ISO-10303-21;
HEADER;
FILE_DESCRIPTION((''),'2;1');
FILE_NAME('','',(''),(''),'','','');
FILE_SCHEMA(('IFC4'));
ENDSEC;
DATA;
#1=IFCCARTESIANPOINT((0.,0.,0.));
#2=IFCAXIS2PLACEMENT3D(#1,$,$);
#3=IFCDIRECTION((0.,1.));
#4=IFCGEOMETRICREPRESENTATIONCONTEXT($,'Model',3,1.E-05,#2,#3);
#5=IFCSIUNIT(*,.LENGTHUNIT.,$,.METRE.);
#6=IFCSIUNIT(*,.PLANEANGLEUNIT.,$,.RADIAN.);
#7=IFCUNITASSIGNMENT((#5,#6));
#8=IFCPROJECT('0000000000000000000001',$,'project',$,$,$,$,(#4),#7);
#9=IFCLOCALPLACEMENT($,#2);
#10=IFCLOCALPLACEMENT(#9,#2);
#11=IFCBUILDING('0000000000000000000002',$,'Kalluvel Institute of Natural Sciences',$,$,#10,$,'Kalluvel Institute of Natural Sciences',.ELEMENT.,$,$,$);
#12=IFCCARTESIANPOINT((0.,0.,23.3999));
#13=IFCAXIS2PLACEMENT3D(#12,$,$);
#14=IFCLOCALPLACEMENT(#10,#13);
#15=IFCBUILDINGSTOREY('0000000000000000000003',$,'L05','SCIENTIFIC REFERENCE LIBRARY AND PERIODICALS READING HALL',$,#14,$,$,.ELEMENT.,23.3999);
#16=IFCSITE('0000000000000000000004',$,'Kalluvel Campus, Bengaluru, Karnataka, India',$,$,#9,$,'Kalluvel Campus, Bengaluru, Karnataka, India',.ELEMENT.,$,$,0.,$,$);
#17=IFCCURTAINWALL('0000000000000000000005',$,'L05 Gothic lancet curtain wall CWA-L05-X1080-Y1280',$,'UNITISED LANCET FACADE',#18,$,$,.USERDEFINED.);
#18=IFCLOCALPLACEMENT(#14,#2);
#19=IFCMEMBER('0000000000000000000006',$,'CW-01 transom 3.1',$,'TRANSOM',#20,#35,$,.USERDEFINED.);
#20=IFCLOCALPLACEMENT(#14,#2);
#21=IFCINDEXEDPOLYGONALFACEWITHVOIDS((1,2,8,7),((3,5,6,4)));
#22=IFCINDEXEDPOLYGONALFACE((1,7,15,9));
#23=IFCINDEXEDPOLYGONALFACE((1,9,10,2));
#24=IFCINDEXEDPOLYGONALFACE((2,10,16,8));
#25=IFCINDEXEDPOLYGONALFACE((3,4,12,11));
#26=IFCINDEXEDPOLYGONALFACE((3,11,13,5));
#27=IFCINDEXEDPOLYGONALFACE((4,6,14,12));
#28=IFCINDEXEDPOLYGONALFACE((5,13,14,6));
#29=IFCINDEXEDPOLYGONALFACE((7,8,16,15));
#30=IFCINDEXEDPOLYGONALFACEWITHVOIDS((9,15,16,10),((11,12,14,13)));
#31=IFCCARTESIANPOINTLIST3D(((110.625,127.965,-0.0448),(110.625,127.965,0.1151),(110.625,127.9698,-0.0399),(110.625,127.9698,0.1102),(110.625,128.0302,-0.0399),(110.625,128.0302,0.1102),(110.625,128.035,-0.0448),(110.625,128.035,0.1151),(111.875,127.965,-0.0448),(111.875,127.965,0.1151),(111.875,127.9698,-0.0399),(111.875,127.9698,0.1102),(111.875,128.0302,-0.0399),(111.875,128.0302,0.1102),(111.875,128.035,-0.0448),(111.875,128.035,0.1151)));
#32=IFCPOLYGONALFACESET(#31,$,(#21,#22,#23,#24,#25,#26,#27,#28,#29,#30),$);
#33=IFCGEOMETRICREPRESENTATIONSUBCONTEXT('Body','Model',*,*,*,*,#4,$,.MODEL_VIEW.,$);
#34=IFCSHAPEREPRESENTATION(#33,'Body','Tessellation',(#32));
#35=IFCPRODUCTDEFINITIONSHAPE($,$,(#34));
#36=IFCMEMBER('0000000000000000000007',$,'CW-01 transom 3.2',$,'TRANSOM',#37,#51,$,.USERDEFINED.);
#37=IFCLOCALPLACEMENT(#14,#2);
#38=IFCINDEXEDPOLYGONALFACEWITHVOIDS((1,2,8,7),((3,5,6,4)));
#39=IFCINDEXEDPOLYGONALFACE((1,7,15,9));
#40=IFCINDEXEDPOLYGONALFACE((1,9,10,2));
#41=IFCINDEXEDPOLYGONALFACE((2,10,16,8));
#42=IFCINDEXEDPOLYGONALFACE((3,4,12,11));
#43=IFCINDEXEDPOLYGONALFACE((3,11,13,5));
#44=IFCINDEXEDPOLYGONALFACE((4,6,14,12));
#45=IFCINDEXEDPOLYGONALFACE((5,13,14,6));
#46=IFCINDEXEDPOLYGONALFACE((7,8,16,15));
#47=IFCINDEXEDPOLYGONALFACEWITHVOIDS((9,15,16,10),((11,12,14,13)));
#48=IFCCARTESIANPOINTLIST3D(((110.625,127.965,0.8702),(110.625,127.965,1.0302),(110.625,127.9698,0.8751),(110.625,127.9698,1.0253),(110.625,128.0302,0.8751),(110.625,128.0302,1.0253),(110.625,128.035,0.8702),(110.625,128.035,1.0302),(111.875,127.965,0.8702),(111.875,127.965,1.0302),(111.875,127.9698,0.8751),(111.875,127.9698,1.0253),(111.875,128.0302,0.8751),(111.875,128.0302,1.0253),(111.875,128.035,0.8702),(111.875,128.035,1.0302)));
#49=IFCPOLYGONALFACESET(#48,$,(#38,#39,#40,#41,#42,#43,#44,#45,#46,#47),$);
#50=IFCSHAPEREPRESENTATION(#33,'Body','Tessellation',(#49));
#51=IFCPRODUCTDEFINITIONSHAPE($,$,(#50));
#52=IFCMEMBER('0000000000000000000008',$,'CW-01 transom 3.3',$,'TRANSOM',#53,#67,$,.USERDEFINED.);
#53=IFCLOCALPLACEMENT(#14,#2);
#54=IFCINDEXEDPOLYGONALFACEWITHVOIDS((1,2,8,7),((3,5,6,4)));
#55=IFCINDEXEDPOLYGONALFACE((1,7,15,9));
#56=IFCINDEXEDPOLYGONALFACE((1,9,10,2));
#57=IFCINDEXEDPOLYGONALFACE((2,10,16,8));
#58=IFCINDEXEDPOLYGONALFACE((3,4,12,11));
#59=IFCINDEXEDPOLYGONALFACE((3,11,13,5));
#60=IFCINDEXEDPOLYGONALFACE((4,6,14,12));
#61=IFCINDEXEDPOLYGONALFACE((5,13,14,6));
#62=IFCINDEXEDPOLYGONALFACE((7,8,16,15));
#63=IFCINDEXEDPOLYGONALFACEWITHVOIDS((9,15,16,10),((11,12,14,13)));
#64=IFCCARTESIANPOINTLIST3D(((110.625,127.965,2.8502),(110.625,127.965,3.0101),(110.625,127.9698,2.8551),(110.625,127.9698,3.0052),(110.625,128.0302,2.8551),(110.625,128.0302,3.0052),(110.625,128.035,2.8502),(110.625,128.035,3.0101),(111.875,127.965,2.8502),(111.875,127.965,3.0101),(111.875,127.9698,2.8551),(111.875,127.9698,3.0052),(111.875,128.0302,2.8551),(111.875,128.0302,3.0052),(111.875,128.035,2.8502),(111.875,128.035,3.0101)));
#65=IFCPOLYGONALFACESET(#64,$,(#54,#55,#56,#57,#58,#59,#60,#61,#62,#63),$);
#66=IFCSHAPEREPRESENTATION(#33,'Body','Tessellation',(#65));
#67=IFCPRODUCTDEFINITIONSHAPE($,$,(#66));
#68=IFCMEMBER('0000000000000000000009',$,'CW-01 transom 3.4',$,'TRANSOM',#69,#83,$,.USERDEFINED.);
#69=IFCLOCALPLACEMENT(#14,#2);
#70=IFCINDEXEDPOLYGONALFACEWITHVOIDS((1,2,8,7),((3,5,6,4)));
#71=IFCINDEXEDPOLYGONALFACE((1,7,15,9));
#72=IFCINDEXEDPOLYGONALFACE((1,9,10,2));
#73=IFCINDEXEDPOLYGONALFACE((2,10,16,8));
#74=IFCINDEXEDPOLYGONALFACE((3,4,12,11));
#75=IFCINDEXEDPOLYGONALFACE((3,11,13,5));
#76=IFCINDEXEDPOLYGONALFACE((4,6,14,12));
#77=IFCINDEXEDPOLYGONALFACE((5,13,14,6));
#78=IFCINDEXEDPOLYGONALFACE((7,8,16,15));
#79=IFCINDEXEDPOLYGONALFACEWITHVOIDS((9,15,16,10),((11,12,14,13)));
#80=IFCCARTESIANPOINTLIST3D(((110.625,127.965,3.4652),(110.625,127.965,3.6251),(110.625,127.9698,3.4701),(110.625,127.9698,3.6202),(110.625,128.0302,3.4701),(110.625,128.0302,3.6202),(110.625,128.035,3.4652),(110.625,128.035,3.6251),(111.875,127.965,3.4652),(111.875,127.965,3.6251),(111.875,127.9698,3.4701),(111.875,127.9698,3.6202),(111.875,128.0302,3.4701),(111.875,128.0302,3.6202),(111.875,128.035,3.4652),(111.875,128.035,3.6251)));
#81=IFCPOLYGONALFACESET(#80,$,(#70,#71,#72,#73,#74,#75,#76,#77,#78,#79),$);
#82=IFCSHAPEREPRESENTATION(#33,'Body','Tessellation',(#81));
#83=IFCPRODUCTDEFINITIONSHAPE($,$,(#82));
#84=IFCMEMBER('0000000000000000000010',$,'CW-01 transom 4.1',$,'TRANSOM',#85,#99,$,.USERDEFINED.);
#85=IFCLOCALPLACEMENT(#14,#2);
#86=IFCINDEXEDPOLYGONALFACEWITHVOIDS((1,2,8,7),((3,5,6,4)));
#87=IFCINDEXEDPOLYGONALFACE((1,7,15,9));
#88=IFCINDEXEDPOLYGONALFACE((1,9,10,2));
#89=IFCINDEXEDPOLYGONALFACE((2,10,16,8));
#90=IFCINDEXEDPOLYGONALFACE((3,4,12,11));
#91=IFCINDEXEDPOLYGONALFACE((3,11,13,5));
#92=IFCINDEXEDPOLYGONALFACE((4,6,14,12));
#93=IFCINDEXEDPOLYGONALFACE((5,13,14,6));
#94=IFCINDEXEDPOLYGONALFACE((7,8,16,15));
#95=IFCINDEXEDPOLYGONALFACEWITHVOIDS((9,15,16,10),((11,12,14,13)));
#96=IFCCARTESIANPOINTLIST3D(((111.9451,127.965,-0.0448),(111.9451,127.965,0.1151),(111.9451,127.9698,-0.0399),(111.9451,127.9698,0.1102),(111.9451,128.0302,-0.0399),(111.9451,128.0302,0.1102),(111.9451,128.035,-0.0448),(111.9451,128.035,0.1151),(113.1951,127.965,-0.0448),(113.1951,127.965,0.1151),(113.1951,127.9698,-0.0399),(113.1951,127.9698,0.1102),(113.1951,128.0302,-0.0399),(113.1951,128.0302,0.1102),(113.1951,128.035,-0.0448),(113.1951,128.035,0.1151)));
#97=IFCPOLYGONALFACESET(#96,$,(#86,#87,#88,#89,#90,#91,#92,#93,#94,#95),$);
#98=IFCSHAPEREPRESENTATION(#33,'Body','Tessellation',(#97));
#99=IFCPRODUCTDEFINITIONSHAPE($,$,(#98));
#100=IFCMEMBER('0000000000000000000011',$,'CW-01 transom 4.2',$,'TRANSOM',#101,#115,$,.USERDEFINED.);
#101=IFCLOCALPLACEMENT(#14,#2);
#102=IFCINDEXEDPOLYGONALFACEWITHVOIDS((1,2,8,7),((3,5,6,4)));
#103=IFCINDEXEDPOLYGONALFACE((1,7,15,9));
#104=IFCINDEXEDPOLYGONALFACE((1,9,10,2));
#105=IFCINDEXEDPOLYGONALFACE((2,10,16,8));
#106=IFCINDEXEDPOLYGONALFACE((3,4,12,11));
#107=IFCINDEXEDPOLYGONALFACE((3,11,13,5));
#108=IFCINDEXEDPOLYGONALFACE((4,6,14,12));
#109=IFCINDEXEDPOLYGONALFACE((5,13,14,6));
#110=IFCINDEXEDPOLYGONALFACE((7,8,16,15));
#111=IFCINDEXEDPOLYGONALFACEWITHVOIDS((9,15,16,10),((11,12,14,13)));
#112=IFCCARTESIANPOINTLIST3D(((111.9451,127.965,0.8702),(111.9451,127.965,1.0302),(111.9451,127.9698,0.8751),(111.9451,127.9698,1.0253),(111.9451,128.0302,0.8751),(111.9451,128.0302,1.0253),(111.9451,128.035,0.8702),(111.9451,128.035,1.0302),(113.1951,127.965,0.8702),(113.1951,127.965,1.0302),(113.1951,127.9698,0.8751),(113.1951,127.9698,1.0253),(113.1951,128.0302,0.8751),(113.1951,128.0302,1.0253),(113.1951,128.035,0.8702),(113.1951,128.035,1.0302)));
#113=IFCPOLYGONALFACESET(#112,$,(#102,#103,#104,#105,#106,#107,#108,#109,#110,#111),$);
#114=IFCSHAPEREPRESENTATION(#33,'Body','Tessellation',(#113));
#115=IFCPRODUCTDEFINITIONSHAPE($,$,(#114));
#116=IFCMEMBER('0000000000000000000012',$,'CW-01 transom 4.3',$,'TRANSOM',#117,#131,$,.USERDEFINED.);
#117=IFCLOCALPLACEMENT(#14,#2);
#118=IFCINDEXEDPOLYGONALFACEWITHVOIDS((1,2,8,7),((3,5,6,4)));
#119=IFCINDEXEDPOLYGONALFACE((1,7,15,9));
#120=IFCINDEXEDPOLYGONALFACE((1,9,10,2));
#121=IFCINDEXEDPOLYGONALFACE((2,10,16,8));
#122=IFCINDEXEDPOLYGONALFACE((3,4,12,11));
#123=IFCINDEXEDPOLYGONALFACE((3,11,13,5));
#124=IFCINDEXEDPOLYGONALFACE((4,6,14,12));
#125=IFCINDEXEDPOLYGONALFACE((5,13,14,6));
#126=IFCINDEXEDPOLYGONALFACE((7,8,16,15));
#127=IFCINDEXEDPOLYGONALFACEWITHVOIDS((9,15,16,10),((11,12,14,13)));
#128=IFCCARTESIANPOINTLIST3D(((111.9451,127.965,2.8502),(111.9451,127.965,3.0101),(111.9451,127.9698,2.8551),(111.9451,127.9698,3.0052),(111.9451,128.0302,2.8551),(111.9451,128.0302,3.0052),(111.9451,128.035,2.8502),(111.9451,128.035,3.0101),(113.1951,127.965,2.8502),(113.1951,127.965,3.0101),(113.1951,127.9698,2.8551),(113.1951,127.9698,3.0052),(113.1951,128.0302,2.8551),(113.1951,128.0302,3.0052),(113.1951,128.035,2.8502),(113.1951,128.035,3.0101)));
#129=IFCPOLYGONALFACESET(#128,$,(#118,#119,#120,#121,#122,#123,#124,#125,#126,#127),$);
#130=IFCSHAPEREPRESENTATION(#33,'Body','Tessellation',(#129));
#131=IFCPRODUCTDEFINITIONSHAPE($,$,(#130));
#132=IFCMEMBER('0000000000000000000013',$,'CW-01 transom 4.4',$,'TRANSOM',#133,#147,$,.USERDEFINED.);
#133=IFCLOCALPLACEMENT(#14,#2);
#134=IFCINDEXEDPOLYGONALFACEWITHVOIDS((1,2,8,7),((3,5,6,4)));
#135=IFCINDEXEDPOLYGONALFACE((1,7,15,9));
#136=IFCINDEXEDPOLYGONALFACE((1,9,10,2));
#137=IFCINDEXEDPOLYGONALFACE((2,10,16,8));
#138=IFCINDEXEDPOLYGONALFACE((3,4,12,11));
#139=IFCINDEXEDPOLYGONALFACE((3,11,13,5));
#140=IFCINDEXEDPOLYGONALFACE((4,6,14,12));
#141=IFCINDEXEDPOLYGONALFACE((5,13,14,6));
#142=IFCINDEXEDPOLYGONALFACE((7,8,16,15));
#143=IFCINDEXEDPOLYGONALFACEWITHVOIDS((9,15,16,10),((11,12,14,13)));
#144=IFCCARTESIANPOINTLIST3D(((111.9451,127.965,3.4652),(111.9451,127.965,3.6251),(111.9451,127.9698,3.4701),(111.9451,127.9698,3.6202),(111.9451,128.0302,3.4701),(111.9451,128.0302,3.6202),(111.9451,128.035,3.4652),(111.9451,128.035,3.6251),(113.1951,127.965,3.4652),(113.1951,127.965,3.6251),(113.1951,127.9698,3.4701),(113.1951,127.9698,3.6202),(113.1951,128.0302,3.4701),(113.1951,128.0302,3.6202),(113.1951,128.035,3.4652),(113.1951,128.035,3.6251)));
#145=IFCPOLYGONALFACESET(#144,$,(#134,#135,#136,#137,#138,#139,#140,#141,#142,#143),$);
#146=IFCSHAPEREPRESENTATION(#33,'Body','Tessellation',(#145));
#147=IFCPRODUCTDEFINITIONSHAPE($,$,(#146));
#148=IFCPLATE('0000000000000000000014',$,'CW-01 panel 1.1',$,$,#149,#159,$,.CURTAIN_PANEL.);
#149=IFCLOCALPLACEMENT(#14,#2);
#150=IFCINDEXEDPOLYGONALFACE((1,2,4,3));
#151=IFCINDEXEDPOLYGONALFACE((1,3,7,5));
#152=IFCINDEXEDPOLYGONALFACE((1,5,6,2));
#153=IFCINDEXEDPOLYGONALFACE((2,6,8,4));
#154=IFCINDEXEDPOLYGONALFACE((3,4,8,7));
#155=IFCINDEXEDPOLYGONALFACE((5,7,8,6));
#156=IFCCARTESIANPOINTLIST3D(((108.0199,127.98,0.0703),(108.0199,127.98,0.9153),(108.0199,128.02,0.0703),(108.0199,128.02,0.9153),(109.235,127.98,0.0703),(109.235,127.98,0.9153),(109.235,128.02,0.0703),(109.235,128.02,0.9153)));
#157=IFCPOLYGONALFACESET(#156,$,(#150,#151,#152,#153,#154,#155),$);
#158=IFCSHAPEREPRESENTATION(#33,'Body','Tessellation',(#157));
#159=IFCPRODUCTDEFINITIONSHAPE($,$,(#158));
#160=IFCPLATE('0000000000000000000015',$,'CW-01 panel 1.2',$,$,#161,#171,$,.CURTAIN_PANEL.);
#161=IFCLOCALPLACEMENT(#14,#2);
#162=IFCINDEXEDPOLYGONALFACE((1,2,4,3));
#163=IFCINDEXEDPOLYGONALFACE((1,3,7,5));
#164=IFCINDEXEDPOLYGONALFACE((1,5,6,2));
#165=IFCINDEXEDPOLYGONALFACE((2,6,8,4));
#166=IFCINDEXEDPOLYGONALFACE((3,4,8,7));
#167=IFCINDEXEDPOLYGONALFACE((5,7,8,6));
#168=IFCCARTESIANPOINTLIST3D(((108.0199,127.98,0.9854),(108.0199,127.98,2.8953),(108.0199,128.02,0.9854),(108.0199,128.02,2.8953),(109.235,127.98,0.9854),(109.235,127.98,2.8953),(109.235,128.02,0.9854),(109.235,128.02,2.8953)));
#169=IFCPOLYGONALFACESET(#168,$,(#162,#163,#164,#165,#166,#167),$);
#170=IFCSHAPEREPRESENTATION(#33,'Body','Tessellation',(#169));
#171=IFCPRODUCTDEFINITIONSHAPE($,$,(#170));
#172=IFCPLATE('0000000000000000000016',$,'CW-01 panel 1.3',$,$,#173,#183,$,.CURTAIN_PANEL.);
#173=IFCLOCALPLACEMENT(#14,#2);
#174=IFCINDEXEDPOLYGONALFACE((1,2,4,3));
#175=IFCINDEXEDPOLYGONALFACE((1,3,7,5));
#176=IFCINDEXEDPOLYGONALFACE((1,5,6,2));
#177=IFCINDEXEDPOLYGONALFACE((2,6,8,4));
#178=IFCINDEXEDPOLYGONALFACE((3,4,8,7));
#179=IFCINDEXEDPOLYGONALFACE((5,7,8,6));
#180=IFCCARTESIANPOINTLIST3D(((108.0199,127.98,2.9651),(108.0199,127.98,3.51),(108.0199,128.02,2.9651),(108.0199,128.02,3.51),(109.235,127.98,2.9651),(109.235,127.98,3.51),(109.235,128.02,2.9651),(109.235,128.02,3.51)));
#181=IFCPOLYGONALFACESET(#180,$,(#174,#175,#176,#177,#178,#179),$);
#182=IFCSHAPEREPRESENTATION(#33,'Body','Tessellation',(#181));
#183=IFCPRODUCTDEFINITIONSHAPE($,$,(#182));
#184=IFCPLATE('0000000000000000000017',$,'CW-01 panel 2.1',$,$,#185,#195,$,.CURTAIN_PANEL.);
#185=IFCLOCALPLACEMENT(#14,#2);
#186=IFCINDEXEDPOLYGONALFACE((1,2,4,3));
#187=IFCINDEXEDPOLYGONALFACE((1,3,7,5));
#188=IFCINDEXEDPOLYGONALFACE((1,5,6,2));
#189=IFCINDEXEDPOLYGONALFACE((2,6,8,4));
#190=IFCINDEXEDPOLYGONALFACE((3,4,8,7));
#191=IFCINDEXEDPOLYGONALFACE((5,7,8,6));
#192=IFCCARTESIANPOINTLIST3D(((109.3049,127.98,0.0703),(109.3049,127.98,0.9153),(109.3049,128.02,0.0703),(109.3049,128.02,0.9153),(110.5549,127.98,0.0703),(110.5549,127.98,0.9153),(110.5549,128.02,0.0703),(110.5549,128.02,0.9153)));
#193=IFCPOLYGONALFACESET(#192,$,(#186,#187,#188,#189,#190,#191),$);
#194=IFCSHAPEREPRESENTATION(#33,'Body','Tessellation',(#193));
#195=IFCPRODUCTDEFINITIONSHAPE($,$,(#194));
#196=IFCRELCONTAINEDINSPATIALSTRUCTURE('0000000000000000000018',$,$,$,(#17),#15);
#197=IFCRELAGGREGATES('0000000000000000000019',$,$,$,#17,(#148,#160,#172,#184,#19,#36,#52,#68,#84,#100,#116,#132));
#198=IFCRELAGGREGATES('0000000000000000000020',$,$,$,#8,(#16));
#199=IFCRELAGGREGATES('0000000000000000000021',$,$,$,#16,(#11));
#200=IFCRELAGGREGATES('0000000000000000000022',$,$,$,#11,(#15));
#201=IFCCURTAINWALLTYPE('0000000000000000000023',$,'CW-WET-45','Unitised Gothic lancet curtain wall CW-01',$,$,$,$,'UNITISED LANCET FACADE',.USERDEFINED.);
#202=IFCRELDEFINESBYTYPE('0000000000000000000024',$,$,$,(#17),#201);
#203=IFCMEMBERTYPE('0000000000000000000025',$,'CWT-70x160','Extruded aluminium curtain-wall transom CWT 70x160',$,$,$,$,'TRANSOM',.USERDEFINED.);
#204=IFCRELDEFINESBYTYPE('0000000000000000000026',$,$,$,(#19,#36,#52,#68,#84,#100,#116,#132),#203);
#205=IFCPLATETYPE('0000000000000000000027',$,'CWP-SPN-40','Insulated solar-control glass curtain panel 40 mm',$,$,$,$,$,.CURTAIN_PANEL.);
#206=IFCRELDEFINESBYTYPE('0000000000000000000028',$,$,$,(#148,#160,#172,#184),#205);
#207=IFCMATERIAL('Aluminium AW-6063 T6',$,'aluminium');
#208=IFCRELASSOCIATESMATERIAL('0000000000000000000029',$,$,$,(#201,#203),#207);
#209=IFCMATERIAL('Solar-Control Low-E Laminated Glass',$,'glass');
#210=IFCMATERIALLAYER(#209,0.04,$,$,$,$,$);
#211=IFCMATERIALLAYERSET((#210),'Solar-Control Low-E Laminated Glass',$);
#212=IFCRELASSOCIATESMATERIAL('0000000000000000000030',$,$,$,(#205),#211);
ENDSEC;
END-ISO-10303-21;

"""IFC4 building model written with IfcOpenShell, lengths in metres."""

from ifc_helpers import new_model, si_unit, direction, frame, origin, origin_2d, place, context, subcontext, project, spatial, rectangle, hollow_rectangle, extrude, material, layer, layer_set, material_profile, profile_set, type_object, element, aggregate, save


model = new_model("IFC4")

# Units and contexts
model_context = context("Model", 3, precision=1e-05, world=origin(), true_north=direction((0.0, 1.0)))
body_context = subcontext(model_context, "Body", "Model", "MODEL_VIEW")
ifc_project = project(units=[si_unit("LENGTHUNIT", "METRE"), si_unit("PLANEANGLEUNIT", "RADIAN")], contexts=[model_context])

# Site, building, storey
site_placement = place(None, origin())
site = spatial("IfcSite", under=ifc_project, at=site_placement, Name="Kalluvel Campus, Bengaluru, Karnataka, India", LongName="Kalluvel Campus, Bengaluru, Karnataka, India", CompositionType="ELEMENT", RefElevation=0.0)
building_placement = place(site_placement, origin())
building = spatial("IfcBuilding", under=site, at=building_placement, Name="Kalluvel Institute of Natural Sciences", LongName="Kalluvel Institute of Natural Sciences", CompositionType="ELEMENT")
storey_placement = place(building_placement, frame((0.0, 0.0, 23.3999)))
storey = spatial("IfcBuildingStorey", under=building, at=storey_placement, Name="L05", Description="SCIENTIFIC REFERENCE LIBRARY AND PERIODICALS READING HALL", CompositionType="ELEMENT", Elevation=23.3999)

# Curtain wall, members, plates
ifc_material_1 = material(Name="Aluminium AW-6063 T6", Category="aluminium")
curtain_wall_type = type_object("IfcCurtainWallType", Name="CW-WET-45", Description="Unitised Gothic lancet curtain wall CW-01", ElementType="UNITISED LANCET FACADE", PredefinedType="USERDEFINED", material=ifc_material_1)
curtain_wall_placement = place(storey_placement, origin())
curtain_wall = element("IfcCurtainWall", 1, at=curtain_wall_placement, inside=storey, type_object=curtain_wall_type, Name="L05 Gothic lancet curtain wall CWA-L05-X1080-Y1280", ObjectType="UNITISED LANCET FACADE", PredefinedType="USERDEFINED")
ifc_material_profile_1 = material_profile(ifc_material_1, hollow_rectangle(XDim=0.0701, YDim=0.1599, WallThickness=0.0049, at=origin_2d()), Name="CWT 70x160")
ifc_profile_set_1 = profile_set([ifc_material_profile_1], Name="Aluminium AW-6063 T6")
member_type_1 = type_object("IfcMemberType", Name="CWT-70x160", Description="Extruded aluminium curtain-wall transom CWT 70x160", ElementType="TRANSOM", PredefinedType="USERDEFINED", material=ifc_profile_set_1)
member_1_placement = place(storey_placement, frame((110.625, 128.0, 0.0352), z_axis=(1.0, 0.0, 0.0), x_axis=(0.0, 1.0, 0.0)))
member_1 = element("IfcMember", 2, at=member_1_placement, type_object=member_type_1, Name="CW-01 transom 3.1", ObjectType="TRANSOM", PredefinedType="USERDEFINED", context=body_context, shape_type="SweptSolid", body=[
    extrude(hollow_rectangle(XDim=0.0701, YDim=0.1599, WallThickness=0.0049, at=origin_2d()), origin(), (0.0, 0.0, 1.0), 1.25),
])
member_2_placement = place(storey_placement, frame((110.625, 128.0, 0.9502), z_axis=(1.0, 0.0, 0.0), x_axis=(0.0, 1.0, 0.0)))
member_2 = element("IfcMember", 3, at=member_2_placement, type_object=member_type_1, Name="CW-01 transom 3.2", ObjectType="TRANSOM", PredefinedType="USERDEFINED", context=body_context, shape_type="SweptSolid", body=[
    extrude(hollow_rectangle(XDim=0.0701, YDim=0.1599, WallThickness=0.0049, at=origin_2d()), origin(), (0.0, 0.0, 1.0), 1.25),
])
member_3_placement = place(storey_placement, frame((110.625, 128.0, 2.9302), z_axis=(1.0, 0.0, 0.0), x_axis=(0.0, 1.0, 0.0)))
member_3 = element("IfcMember", 4, at=member_3_placement, type_object=member_type_1, Name="CW-01 transom 3.3", ObjectType="TRANSOM", PredefinedType="USERDEFINED", context=body_context, shape_type="SweptSolid", body=[
    extrude(hollow_rectangle(XDim=0.0701, YDim=0.1599, WallThickness=0.0049, at=origin_2d()), origin(), (0.0, 0.0, 1.0), 1.25),
])
member_4_placement = place(storey_placement, frame((110.625, 128.0, 3.5452), z_axis=(1.0, 0.0, 0.0), x_axis=(0.0, 1.0, 0.0)))
member_4 = element("IfcMember", 5, at=member_4_placement, type_object=member_type_1, Name="CW-01 transom 3.4", ObjectType="TRANSOM", PredefinedType="USERDEFINED", context=body_context, shape_type="SweptSolid", body=[
    extrude(hollow_rectangle(XDim=0.0701, YDim=0.1599, WallThickness=0.0049, at=origin_2d()), origin(), (0.0, 0.0, 1.0), 1.25),
])
member_5_placement = place(storey_placement, frame((111.9451, 128.0, 0.0352), z_axis=(1.0, 0.0, 0.0), x_axis=(0.0, 1.0, 0.0)))
member_5 = element("IfcMember", 6, at=member_5_placement, type_object=member_type_1, Name="CW-01 transom 4.1", ObjectType="TRANSOM", PredefinedType="USERDEFINED", context=body_context, shape_type="SweptSolid", body=[
    extrude(hollow_rectangle(XDim=0.0701, YDim=0.1599, WallThickness=0.0049, at=origin_2d()), origin(), (0.0, 0.0, 1.0), 1.25),
])
member_6_placement = place(storey_placement, frame((111.9451, 128.0, 0.9502), z_axis=(1.0, 0.0, 0.0), x_axis=(0.0, 1.0, 0.0)))
member_6 = element("IfcMember", 7, at=member_6_placement, type_object=member_type_1, Name="CW-01 transom 4.2", ObjectType="TRANSOM", PredefinedType="USERDEFINED", context=body_context, shape_type="SweptSolid", body=[
    extrude(hollow_rectangle(XDim=0.0701, YDim=0.1599, WallThickness=0.0049, at=origin_2d()), origin(), (0.0, 0.0, 1.0), 1.25),
])
member_7_placement = place(storey_placement, frame((111.9451, 128.0, 2.9302), z_axis=(1.0, 0.0, 0.0), x_axis=(0.0, 1.0, 0.0)))
member_7 = element("IfcMember", 8, at=member_7_placement, type_object=member_type_1, Name="CW-01 transom 4.3", ObjectType="TRANSOM", PredefinedType="USERDEFINED", context=body_context, shape_type="SweptSolid", body=[
    extrude(hollow_rectangle(XDim=0.0701, YDim=0.1599, WallThickness=0.0049, at=origin_2d()), origin(), (0.0, 0.0, 1.0), 1.25),
])
member_8_placement = place(storey_placement, frame((111.9451, 128.0, 3.5452), z_axis=(1.0, 0.0, 0.0), x_axis=(0.0, 1.0, 0.0)))
member_8 = element("IfcMember", 9, at=member_8_placement, type_object=member_type_1, Name="CW-01 transom 4.4", ObjectType="TRANSOM", PredefinedType="USERDEFINED", context=body_context, shape_type="SweptSolid", body=[
    extrude(hollow_rectangle(XDim=0.0701, YDim=0.1599, WallThickness=0.0049, at=origin_2d()), origin(), (0.0, 0.0, 1.0), 1.25),
])
ifc_material_2 = material(Name="Solar-Control Low-E Laminated Glass", Category="glass")
ifc_layer = layer(ifc_material_2, 0.04)
ifc_layer_set = layer_set([ifc_layer], Name="Solar-Control Low-E Laminated Glass")
plate_type = type_object("IfcPlateType", Name="CWP-SPN-40", Description="Insulated solar-control glass curtain panel 40 mm", PredefinedType="CURTAIN_PANEL", material=ifc_layer_set)
plate_1_placement = place(storey_placement, frame((108.6274, 128.0, 0.0703), z_axis=(0.0, 0.0, 1.0), x_axis=(1.0, 0.0, 0.0)))
plate_1 = element("IfcPlate", 10, at=plate_1_placement, type_object=plate_type, Name="CW-01 panel 1.1", PredefinedType="CURTAIN_PANEL", context=body_context, shape_type="SweptSolid", body=[
    extrude(rectangle(XDim=1.2151, YDim=0.04, at=origin_2d()), origin(), (0.0, 0.0, 1.0), 0.845),
])
plate_2_placement = place(storey_placement, frame((108.6274, 128.0, 0.9854), z_axis=(0.0, 0.0, 1.0), x_axis=(1.0, 0.0, 0.0)))
plate_2 = element("IfcPlate", 11, at=plate_2_placement, type_object=plate_type, Name="CW-01 panel 1.2", PredefinedType="CURTAIN_PANEL", context=body_context, shape_type="SweptSolid", body=[
    extrude(rectangle(XDim=1.2151, YDim=0.04, at=origin_2d()), origin(), (0.0, 0.0, 1.0), 1.9099),
])
plate_3_placement = place(storey_placement, frame((108.6274, 128.0, 2.9651), z_axis=(0.0, 0.0, 1.0), x_axis=(1.0, 0.0, 0.0)))
plate_3 = element("IfcPlate", 12, at=plate_3_placement, type_object=plate_type, Name="CW-01 panel 1.3", PredefinedType="CURTAIN_PANEL", context=body_context, shape_type="SweptSolid", body=[
    extrude(rectangle(XDim=1.2151, YDim=0.04, at=origin_2d()), origin(), (0.0, 0.0, 1.0), 0.5449),
])
plate_4_placement = place(storey_placement, frame((109.9299, 128.0, 0.0703), z_axis=(0.0, 0.0, 1.0), x_axis=(1.0, 0.0, 0.0)))
plate_4 = element("IfcPlate", 13, at=plate_4_placement, type_object=plate_type, Name="CW-01 panel 2.1", PredefinedType="CURTAIN_PANEL", context=body_context, shape_type="SweptSolid", body=[
    extrude(rectangle(XDim=1.25, YDim=0.04, at=origin_2d()), origin(), (0.0, 0.0, 1.0), 0.845),
])
aggregate(curtain_wall, [plate_1, plate_2, plate_3, plate_4, member_1, member_2, member_3, member_4, member_5, member_6, member_7, member_8])

save(model, "model.ifc")
